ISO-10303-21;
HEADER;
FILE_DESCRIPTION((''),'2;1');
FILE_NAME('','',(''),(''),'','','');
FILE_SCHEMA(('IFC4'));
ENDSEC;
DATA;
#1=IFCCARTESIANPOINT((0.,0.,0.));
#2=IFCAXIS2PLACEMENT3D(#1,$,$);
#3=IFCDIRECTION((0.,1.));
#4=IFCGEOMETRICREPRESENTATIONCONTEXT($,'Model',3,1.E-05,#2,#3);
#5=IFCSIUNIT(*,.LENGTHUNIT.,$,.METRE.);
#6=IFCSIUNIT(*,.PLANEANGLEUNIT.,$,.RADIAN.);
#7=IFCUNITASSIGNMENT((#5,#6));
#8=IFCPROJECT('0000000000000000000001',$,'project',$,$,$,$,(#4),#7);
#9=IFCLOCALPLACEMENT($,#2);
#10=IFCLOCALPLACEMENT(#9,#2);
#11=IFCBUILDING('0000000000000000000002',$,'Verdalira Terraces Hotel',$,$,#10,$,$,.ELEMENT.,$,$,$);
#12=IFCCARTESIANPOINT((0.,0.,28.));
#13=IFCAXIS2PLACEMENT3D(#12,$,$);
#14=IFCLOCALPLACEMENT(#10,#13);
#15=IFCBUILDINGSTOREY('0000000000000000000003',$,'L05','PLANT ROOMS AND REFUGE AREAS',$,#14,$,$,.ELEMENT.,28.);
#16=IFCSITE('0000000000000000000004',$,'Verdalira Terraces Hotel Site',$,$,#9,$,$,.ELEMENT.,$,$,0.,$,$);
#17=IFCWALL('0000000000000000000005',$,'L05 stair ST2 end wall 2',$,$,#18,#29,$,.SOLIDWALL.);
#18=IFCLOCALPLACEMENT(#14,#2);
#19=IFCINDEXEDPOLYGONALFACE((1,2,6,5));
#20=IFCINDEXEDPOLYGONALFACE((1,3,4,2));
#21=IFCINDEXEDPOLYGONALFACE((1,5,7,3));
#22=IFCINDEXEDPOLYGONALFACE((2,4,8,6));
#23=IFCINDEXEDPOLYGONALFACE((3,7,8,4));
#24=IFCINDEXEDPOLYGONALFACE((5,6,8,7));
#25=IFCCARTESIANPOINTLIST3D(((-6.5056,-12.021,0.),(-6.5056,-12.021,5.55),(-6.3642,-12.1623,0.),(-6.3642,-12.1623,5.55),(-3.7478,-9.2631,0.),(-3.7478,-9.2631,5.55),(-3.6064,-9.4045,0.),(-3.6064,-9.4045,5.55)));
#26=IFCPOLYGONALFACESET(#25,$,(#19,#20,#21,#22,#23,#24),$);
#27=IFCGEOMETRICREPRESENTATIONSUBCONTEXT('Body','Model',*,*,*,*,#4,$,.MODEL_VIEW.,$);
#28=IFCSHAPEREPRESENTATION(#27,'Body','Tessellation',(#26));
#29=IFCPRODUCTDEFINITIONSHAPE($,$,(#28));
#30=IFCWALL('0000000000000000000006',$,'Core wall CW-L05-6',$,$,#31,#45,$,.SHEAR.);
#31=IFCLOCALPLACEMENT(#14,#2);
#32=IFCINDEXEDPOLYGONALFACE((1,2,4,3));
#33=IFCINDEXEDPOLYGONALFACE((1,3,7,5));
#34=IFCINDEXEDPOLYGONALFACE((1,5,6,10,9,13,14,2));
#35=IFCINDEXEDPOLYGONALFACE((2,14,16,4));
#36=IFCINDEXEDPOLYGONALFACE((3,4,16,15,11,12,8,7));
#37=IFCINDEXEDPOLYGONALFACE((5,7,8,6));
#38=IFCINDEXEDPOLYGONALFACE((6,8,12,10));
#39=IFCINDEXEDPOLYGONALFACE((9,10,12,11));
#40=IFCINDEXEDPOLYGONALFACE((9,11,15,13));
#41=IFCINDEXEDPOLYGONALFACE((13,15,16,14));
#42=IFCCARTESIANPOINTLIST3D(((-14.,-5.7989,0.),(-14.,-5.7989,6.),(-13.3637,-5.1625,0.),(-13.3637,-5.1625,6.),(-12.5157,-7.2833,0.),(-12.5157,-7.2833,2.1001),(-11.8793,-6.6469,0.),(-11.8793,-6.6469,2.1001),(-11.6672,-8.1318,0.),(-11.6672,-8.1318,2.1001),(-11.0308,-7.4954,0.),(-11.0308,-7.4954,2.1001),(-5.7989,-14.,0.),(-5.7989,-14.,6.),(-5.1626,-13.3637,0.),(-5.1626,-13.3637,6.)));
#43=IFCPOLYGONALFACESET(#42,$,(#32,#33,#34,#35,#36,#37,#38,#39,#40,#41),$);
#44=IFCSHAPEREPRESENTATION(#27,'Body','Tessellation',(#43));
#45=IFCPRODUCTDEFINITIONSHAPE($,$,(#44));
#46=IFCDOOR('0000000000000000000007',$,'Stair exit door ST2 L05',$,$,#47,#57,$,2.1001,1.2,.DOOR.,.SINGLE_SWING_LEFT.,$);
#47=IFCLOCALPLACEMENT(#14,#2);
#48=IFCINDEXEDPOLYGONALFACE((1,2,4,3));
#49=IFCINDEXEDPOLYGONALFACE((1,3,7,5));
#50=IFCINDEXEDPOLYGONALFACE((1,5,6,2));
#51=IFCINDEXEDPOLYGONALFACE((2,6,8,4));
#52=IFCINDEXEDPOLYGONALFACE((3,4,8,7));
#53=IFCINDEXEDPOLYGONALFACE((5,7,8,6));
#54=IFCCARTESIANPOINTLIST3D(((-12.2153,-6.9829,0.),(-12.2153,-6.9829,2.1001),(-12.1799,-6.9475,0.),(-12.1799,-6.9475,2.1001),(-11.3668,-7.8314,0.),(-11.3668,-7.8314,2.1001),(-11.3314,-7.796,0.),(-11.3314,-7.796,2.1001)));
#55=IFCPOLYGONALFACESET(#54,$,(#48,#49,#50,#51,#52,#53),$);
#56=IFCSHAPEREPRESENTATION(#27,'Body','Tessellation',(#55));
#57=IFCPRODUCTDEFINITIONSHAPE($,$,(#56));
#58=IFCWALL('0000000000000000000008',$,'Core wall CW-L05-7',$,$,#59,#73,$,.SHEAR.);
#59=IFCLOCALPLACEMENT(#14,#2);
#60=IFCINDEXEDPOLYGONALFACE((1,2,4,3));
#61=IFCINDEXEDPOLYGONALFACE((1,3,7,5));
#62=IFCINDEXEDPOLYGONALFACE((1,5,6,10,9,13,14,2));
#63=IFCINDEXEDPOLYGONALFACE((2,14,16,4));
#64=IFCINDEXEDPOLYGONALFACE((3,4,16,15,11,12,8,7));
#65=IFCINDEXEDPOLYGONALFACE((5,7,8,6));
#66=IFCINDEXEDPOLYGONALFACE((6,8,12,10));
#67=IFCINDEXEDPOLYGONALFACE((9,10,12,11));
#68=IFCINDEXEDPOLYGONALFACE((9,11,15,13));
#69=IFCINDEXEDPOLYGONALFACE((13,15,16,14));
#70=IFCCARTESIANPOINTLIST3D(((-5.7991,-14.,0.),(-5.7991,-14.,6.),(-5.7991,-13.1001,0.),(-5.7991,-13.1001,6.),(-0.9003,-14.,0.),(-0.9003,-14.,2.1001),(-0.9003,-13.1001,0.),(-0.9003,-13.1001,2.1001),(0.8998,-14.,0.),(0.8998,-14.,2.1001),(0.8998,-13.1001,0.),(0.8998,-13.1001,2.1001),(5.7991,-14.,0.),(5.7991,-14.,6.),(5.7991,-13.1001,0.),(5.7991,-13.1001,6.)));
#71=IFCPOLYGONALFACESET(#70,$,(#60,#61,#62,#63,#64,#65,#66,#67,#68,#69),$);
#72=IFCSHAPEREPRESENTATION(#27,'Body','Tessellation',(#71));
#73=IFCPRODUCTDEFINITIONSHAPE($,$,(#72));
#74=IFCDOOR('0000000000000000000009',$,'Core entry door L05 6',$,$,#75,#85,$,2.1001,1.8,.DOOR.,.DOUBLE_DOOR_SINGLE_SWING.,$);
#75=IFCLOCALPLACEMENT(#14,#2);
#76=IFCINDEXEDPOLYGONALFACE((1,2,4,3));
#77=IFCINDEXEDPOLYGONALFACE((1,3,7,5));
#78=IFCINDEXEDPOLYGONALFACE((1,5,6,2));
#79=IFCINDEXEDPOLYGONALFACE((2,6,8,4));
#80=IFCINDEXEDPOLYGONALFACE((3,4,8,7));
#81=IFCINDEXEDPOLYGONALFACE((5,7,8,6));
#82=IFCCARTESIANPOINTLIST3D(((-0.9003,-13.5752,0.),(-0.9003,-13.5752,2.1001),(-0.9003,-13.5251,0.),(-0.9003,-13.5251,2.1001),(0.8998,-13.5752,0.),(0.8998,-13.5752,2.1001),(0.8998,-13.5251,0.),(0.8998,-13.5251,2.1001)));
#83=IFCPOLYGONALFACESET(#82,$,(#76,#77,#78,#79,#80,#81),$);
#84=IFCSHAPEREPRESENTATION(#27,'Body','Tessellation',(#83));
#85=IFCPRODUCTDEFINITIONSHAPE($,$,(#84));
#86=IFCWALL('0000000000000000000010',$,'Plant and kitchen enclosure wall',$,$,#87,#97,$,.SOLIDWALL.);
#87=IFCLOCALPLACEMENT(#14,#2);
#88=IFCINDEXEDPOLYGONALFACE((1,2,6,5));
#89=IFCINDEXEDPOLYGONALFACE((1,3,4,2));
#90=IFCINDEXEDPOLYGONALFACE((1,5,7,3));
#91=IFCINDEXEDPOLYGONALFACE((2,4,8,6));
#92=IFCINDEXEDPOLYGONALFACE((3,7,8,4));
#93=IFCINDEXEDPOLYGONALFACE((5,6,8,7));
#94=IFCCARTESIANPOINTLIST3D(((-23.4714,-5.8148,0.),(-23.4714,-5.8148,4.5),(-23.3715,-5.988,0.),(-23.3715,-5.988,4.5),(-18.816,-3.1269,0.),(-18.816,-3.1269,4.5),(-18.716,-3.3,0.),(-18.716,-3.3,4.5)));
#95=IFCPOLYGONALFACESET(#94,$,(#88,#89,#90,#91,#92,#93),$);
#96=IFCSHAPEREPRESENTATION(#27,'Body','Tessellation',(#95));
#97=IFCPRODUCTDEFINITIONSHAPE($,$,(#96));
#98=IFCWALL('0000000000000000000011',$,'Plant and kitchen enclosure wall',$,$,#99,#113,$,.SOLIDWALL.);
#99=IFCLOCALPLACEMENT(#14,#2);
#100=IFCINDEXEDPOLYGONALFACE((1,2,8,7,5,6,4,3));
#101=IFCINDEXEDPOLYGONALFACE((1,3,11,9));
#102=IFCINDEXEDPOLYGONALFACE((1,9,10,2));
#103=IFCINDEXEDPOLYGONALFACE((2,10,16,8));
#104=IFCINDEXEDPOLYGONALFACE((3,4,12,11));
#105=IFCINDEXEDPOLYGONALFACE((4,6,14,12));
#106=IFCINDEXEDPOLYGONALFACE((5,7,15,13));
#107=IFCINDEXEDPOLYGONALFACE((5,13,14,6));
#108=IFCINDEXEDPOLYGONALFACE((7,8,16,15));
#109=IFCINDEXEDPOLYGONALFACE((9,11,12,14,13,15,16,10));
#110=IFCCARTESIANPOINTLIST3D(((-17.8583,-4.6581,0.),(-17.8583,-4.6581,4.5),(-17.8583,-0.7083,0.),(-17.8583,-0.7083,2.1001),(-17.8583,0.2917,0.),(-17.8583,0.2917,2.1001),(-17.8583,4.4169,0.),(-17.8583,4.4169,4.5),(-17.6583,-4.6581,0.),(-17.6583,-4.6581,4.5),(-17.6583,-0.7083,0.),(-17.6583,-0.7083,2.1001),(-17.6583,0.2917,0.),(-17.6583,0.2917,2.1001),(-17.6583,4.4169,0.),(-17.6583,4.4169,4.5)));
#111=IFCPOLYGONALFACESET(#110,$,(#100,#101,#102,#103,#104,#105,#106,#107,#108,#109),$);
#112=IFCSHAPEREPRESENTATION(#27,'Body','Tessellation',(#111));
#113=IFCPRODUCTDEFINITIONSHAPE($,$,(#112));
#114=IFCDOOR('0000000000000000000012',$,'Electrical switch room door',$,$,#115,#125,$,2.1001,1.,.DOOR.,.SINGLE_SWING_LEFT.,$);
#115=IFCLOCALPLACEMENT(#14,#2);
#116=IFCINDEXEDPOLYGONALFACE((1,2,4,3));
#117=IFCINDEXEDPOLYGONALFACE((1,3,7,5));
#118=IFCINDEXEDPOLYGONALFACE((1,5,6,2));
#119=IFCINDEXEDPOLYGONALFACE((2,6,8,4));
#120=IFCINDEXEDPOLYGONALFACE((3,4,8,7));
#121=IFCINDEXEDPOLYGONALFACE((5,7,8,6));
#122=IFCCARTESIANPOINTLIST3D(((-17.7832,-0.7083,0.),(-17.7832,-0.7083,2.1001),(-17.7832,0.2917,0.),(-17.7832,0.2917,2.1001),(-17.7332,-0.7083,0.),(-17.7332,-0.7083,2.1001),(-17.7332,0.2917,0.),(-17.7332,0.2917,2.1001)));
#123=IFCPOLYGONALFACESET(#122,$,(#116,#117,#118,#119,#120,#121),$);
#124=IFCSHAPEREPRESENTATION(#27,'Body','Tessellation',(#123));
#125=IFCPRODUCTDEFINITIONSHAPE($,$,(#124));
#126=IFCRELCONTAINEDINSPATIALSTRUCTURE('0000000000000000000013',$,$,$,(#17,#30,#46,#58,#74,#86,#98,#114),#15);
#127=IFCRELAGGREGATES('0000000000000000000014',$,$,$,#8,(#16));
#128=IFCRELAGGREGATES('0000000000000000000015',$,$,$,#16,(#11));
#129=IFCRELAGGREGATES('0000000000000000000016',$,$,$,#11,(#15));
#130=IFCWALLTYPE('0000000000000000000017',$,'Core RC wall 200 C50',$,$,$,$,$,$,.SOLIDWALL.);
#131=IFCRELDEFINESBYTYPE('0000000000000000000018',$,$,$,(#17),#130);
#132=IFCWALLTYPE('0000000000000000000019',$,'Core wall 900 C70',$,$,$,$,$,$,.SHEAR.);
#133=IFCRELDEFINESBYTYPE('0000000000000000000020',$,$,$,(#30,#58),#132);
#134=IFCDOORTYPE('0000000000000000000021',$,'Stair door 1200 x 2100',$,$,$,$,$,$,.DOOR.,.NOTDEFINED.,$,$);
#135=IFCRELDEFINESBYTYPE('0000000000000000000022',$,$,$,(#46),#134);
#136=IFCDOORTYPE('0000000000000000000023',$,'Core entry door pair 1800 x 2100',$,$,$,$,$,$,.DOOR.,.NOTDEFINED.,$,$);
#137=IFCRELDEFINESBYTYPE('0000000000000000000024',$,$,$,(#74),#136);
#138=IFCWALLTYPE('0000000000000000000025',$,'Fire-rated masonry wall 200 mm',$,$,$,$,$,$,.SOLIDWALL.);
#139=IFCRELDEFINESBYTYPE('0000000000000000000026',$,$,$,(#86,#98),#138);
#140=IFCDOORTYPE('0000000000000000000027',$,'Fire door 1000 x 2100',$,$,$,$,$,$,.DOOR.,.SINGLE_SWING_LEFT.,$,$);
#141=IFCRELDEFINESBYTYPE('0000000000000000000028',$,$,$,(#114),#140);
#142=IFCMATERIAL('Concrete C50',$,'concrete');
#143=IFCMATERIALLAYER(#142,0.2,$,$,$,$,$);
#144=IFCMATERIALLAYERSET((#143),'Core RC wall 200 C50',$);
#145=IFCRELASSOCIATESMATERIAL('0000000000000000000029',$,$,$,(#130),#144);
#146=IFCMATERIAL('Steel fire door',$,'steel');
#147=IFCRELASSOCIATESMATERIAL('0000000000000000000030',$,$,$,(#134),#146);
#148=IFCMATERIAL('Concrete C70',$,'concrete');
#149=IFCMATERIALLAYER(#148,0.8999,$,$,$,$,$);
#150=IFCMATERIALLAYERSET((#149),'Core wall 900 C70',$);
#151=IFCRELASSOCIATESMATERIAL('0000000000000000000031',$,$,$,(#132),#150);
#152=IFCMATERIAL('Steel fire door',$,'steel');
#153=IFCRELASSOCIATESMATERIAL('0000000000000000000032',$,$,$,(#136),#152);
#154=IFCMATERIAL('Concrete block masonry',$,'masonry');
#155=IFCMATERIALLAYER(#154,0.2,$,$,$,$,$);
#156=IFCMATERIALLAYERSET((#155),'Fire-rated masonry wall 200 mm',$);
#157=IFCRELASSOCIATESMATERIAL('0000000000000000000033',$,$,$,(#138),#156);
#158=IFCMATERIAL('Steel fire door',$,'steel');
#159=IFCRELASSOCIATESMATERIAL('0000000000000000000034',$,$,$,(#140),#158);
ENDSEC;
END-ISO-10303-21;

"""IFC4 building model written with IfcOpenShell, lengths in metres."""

from ifc_helpers import new_model, si_unit, direction, frame, frame_2d, origin, place, context, subcontext, project, spatial, rectangle, extrude, material, layer, layer_set, type_object, element, fill, save


model = new_model("IFC4")

# Units and contexts
model_context = context("Model", 3, precision=1e-05, world=origin(), true_north=direction((0.0, 1.0)))
body_context = subcontext(model_context, "Body", "Model", "MODEL_VIEW")
ifc_project = project(units=[si_unit("LENGTHUNIT", "METRE"), si_unit("PLANEANGLEUNIT", "RADIAN")], contexts=[model_context])

# Site, building, storey
site_placement = place(None, origin())
site = spatial("IfcSite", under=ifc_project, at=site_placement, Name="Verdalira Terraces Hotel Site", CompositionType="ELEMENT", RefElevation=0.0)
building_placement = place(site_placement, origin())
building = spatial("IfcBuilding", under=site, at=building_placement, Name="Verdalira Terraces Hotel", CompositionType="ELEMENT")
storey_placement = place(building_placement, frame((0.0, 0.0, 28.0)))
storey = spatial("IfcBuildingStorey", under=building, at=storey_placement, Name="L05", Description="PLANT ROOMS AND REFUGE AREAS", CompositionType="ELEMENT", Elevation=28.0)

# Shared definitions
ifc_material_1 = material(Name="Concrete C50", Category="concrete")
ifc_layer_1 = layer(ifc_material_1, 0.2)
ifc_layer_set_1 = layer_set([ifc_layer_1], Name="Core RC wall 200 C50")
wall_type_1 = type_object("IfcWallType", Name="Core RC wall 200 C50", PredefinedType="SOLIDWALL", material=ifc_layer_set_1)

# Shared definitions
ifc_material_2 = material(Name="Steel fire door", Category="steel")
door_type_1 = type_object("IfcDoorType", Name="Stair door 1200 x 2100", OperationType="NOTDEFINED", PredefinedType="DOOR", material=ifc_material_2)

# Wall
for number, where, z_axis, x_axis, name in (
    (1, (-3.677, -9.3337, 0.0), (0.0, 0.0, 1.0), (-0.707107, -0.707107, 0.0), "L05 stair ST2 end wall 2"),
):
    element("IfcWall", number, at=place(storey_placement, frame(where, z_axis=z_axis, x_axis=x_axis)), inside=storey, type_object=wall_type_1, Name=name, PredefinedType="SOLIDWALL", context=body_context, shape_type="SweptSolid", body=[
        extrude(rectangle(XDim=3.9001, YDim=0.2, at=frame_2d((1.9502, 0.0))), origin(), (0.0, 0.0, 1.0), 5.55),
    ])

# Walls, openings, doors
ifc_material_3 = material(Name="Concrete C70", Category="concrete")
ifc_layer_2 = layer(ifc_material_3, 0.8999)
ifc_layer_set_2 = layer_set([ifc_layer_2], Name="Core wall 900 C70")
wall_type_2 = type_object("IfcWallType", Name="Core wall 900 C70", PredefinedType="SHEAR", material=ifc_layer_set_2)
wall_1_placement = place(storey_placement, frame((-13.6819, -5.4807, 0.0), z_axis=(0.0, 0.0, 1.0), x_axis=(0.707107, -0.707107, 0.0)))
wall_1 = element("IfcWall", 2, at=wall_1_placement, inside=storey, type_object=wall_type_2, Name="Core wall CW-L05-6", PredefinedType="SHEAR", context=body_context, shape_type="SweptSolid", body=[
    extrude(rectangle(XDim=11.5981, YDim=0.8999, at=frame_2d((5.7991, 0.0))), origin(), (0.0, 0.0, 1.0), 6.0),
])
opening_1_placement = place(wall_1_placement, frame((2.0991, 0.0, 0.0)))
opening_1 = element("IfcOpeningElement", 3, at=opening_1_placement, cuts=wall_1, PredefinedType="OPENING", context=body_context, shape_type="SweptSolid", body=[
    extrude(rectangle(XDim=1.2, YDim=2.1001, at=frame_2d((0.6001, 1.05))), frame((0.0, 0.46, 0.0), z_axis=(0.0, -1.0, 0.0), x_axis=(1.0, 0.0, 0.0)), (0.0, 0.0, 1.0), 0.9199),
])
door_1_placement = place(opening_1_placement, origin())
door_1 = element("IfcDoor", 4, at=door_1_placement, inside=storey, type_object=door_type_1, Name="Stair exit door ST2 L05", OperationType="SINGLE_SWING_LEFT", OverallHeight=2.1001, OverallWidth=1.2, PredefinedType="DOOR", context=body_context, shape_type="SweptSolid", body=[
    extrude(rectangle(XDim=1.2, YDim=2.1001, at=frame_2d((0.6001, 1.05))), frame((0.0, 0.0249, 0.0), z_axis=(0.0, -1.0, 0.0), x_axis=(1.0, 0.0, 0.0)), (0.0, 0.0, 1.0), 0.05),
])
fill(opening_1, door_1)
wall_2_placement = place(storey_placement, frame((-5.7991, -13.55, 0.0), z_axis=(0.0, 0.0, 1.0), x_axis=(1.0, 0.0, 0.0)))
wall_2 = element("IfcWall", 5, at=wall_2_placement, inside=storey, type_object=wall_type_2, Name="Core wall CW-L05-7", PredefinedType="SHEAR", context=body_context, shape_type="SweptSolid", body=[
    extrude(rectangle(XDim=11.5981, YDim=0.8999, at=frame_2d((5.7991, 0.0))), origin(), (0.0, 0.0, 1.0), 6.0),
])
opening_2_placement = place(wall_2_placement, frame((4.8989, 0.0, 0.0)))
opening_2 = element("IfcOpeningElement", 6, at=opening_2_placement, cuts=wall_2, PredefinedType="OPENING", context=body_context, shape_type="SweptSolid", body=[
    extrude(rectangle(XDim=1.8, YDim=2.1001, at=frame_2d((0.8999, 1.05))), frame((0.0, 0.46, 0.0), z_axis=(0.0, -1.0, 0.0), x_axis=(1.0, 0.0, 0.0)), (0.0, 0.0, 1.0), 0.9199),
])
ifc_material_4 = material(Name="Steel fire door", Category="steel")
door_type_2 = type_object("IfcDoorType", Name="Core entry door pair 1800 x 2100", OperationType="NOTDEFINED", PredefinedType="DOOR", material=ifc_material_4)
door_2_placement = place(opening_2_placement, origin())
door_2 = element("IfcDoor", 7, at=door_2_placement, inside=storey, type_object=door_type_2, Name="Core entry door L05 6", OperationType="DOUBLE_DOOR_SINGLE_SWING", OverallHeight=2.1001, OverallWidth=1.8, PredefinedType="DOOR", context=body_context, shape_type="SweptSolid", body=[
    extrude(rectangle(XDim=1.8, YDim=2.1001, at=frame_2d((0.8999, 1.05))), frame((0.0, 0.0249, 0.0), z_axis=(0.0, -1.0, 0.0), x_axis=(1.0, 0.0, 0.0)), (0.0, 0.0, 1.0), 0.05),
])
fill(opening_2, door_2)

# Wall
ifc_material_5 = material(Name="Concrete block masonry", Category="masonry")
ifc_layer_3 = layer(ifc_material_5, 0.2)
ifc_layer_set_3 = layer_set([ifc_layer_3], Name="Fire-rated masonry wall 200 mm")
wall_type_3 = type_object("IfcWallType", Name="Fire-rated masonry wall 200 mm", PredefinedType="SOLIDWALL", material=ifc_layer_set_3)
wall_3_placement = place(storey_placement, frame((-18.7659, -3.2134, 0.0), z_axis=(0.0, 0.0, 1.0), x_axis=(-0.866015, -0.500017, 0.0)))
element("IfcWall", 8, at=wall_3_placement, inside=storey, type_object=wall_type_3, Name="Plant and kitchen enclosure wall", PredefinedType="SOLIDWALL", context=body_context, shape_type="SweptSolid", body=[
    extrude(rectangle(XDim=5.3757, YDim=0.2, at=frame_2d((2.688, 0.0))), origin(), (0.0, 0.0, 1.0), 4.5),
])

# Wall, opening, door
wall_4_placement = place(storey_placement, frame((-17.7583, -4.6582, 0.0), z_axis=(0.0, 0.0, 1.0), x_axis=(0.0, 1.0, 0.0)))
wall_4 = element("IfcWall", 9, at=wall_4_placement, inside=storey, type_object=wall_type_3, Name="Plant and kitchen enclosure wall", PredefinedType="SOLIDWALL", context=body_context, shape_type="SweptSolid", body=[
    extrude(rectangle(XDim=9.075, YDim=0.2, at=frame_2d((4.5376, 0.0))), origin(), (0.0, 0.0, 1.0), 4.5),
])
opening_3_placement = place(wall_4_placement, frame((3.95, 0.0, 0.0)))
opening_3 = element("IfcOpeningElement", 10, at=opening_3_placement, cuts=wall_4, PredefinedType="OPENING", context=body_context, shape_type="SweptSolid", body=[
    extrude(rectangle(XDim=1.0, YDim=2.1001, at=frame_2d((0.5, 1.05))), frame((0.0, 0.1099, 0.0), z_axis=(0.0, -1.0, 0.0), x_axis=(1.0, 0.0, 0.0)), (0.0, 0.0, 1.0), 0.22),
])
ifc_material_6 = material(Name="Steel fire door", Category="steel")
door_type_3 = type_object("IfcDoorType", Name="Fire door 1000 x 2100", OperationType="SINGLE_SWING_LEFT", PredefinedType="DOOR", material=ifc_material_6)
door_3_placement = place(opening_3_placement, origin())
door_3 = element("IfcDoor", 11, at=door_3_placement, inside=storey, type_object=door_type_3, Name="Electrical switch room door", OperationType="SINGLE_SWING_LEFT", OverallHeight=2.1001, OverallWidth=1.0, PredefinedType="DOOR", context=body_context, shape_type="SweptSolid", body=[
    extrude(rectangle(XDim=1.0, YDim=2.1001, at=frame_2d((0.5, 1.05))), frame((0.0, 0.0249, 0.0), z_axis=(0.0, -1.0, 0.0), x_axis=(1.0, 0.0, 0.0)), (0.0, 0.0, 1.0), 0.05),
])
fill(opening_3, door_3)

save(model, "model.ifc")
